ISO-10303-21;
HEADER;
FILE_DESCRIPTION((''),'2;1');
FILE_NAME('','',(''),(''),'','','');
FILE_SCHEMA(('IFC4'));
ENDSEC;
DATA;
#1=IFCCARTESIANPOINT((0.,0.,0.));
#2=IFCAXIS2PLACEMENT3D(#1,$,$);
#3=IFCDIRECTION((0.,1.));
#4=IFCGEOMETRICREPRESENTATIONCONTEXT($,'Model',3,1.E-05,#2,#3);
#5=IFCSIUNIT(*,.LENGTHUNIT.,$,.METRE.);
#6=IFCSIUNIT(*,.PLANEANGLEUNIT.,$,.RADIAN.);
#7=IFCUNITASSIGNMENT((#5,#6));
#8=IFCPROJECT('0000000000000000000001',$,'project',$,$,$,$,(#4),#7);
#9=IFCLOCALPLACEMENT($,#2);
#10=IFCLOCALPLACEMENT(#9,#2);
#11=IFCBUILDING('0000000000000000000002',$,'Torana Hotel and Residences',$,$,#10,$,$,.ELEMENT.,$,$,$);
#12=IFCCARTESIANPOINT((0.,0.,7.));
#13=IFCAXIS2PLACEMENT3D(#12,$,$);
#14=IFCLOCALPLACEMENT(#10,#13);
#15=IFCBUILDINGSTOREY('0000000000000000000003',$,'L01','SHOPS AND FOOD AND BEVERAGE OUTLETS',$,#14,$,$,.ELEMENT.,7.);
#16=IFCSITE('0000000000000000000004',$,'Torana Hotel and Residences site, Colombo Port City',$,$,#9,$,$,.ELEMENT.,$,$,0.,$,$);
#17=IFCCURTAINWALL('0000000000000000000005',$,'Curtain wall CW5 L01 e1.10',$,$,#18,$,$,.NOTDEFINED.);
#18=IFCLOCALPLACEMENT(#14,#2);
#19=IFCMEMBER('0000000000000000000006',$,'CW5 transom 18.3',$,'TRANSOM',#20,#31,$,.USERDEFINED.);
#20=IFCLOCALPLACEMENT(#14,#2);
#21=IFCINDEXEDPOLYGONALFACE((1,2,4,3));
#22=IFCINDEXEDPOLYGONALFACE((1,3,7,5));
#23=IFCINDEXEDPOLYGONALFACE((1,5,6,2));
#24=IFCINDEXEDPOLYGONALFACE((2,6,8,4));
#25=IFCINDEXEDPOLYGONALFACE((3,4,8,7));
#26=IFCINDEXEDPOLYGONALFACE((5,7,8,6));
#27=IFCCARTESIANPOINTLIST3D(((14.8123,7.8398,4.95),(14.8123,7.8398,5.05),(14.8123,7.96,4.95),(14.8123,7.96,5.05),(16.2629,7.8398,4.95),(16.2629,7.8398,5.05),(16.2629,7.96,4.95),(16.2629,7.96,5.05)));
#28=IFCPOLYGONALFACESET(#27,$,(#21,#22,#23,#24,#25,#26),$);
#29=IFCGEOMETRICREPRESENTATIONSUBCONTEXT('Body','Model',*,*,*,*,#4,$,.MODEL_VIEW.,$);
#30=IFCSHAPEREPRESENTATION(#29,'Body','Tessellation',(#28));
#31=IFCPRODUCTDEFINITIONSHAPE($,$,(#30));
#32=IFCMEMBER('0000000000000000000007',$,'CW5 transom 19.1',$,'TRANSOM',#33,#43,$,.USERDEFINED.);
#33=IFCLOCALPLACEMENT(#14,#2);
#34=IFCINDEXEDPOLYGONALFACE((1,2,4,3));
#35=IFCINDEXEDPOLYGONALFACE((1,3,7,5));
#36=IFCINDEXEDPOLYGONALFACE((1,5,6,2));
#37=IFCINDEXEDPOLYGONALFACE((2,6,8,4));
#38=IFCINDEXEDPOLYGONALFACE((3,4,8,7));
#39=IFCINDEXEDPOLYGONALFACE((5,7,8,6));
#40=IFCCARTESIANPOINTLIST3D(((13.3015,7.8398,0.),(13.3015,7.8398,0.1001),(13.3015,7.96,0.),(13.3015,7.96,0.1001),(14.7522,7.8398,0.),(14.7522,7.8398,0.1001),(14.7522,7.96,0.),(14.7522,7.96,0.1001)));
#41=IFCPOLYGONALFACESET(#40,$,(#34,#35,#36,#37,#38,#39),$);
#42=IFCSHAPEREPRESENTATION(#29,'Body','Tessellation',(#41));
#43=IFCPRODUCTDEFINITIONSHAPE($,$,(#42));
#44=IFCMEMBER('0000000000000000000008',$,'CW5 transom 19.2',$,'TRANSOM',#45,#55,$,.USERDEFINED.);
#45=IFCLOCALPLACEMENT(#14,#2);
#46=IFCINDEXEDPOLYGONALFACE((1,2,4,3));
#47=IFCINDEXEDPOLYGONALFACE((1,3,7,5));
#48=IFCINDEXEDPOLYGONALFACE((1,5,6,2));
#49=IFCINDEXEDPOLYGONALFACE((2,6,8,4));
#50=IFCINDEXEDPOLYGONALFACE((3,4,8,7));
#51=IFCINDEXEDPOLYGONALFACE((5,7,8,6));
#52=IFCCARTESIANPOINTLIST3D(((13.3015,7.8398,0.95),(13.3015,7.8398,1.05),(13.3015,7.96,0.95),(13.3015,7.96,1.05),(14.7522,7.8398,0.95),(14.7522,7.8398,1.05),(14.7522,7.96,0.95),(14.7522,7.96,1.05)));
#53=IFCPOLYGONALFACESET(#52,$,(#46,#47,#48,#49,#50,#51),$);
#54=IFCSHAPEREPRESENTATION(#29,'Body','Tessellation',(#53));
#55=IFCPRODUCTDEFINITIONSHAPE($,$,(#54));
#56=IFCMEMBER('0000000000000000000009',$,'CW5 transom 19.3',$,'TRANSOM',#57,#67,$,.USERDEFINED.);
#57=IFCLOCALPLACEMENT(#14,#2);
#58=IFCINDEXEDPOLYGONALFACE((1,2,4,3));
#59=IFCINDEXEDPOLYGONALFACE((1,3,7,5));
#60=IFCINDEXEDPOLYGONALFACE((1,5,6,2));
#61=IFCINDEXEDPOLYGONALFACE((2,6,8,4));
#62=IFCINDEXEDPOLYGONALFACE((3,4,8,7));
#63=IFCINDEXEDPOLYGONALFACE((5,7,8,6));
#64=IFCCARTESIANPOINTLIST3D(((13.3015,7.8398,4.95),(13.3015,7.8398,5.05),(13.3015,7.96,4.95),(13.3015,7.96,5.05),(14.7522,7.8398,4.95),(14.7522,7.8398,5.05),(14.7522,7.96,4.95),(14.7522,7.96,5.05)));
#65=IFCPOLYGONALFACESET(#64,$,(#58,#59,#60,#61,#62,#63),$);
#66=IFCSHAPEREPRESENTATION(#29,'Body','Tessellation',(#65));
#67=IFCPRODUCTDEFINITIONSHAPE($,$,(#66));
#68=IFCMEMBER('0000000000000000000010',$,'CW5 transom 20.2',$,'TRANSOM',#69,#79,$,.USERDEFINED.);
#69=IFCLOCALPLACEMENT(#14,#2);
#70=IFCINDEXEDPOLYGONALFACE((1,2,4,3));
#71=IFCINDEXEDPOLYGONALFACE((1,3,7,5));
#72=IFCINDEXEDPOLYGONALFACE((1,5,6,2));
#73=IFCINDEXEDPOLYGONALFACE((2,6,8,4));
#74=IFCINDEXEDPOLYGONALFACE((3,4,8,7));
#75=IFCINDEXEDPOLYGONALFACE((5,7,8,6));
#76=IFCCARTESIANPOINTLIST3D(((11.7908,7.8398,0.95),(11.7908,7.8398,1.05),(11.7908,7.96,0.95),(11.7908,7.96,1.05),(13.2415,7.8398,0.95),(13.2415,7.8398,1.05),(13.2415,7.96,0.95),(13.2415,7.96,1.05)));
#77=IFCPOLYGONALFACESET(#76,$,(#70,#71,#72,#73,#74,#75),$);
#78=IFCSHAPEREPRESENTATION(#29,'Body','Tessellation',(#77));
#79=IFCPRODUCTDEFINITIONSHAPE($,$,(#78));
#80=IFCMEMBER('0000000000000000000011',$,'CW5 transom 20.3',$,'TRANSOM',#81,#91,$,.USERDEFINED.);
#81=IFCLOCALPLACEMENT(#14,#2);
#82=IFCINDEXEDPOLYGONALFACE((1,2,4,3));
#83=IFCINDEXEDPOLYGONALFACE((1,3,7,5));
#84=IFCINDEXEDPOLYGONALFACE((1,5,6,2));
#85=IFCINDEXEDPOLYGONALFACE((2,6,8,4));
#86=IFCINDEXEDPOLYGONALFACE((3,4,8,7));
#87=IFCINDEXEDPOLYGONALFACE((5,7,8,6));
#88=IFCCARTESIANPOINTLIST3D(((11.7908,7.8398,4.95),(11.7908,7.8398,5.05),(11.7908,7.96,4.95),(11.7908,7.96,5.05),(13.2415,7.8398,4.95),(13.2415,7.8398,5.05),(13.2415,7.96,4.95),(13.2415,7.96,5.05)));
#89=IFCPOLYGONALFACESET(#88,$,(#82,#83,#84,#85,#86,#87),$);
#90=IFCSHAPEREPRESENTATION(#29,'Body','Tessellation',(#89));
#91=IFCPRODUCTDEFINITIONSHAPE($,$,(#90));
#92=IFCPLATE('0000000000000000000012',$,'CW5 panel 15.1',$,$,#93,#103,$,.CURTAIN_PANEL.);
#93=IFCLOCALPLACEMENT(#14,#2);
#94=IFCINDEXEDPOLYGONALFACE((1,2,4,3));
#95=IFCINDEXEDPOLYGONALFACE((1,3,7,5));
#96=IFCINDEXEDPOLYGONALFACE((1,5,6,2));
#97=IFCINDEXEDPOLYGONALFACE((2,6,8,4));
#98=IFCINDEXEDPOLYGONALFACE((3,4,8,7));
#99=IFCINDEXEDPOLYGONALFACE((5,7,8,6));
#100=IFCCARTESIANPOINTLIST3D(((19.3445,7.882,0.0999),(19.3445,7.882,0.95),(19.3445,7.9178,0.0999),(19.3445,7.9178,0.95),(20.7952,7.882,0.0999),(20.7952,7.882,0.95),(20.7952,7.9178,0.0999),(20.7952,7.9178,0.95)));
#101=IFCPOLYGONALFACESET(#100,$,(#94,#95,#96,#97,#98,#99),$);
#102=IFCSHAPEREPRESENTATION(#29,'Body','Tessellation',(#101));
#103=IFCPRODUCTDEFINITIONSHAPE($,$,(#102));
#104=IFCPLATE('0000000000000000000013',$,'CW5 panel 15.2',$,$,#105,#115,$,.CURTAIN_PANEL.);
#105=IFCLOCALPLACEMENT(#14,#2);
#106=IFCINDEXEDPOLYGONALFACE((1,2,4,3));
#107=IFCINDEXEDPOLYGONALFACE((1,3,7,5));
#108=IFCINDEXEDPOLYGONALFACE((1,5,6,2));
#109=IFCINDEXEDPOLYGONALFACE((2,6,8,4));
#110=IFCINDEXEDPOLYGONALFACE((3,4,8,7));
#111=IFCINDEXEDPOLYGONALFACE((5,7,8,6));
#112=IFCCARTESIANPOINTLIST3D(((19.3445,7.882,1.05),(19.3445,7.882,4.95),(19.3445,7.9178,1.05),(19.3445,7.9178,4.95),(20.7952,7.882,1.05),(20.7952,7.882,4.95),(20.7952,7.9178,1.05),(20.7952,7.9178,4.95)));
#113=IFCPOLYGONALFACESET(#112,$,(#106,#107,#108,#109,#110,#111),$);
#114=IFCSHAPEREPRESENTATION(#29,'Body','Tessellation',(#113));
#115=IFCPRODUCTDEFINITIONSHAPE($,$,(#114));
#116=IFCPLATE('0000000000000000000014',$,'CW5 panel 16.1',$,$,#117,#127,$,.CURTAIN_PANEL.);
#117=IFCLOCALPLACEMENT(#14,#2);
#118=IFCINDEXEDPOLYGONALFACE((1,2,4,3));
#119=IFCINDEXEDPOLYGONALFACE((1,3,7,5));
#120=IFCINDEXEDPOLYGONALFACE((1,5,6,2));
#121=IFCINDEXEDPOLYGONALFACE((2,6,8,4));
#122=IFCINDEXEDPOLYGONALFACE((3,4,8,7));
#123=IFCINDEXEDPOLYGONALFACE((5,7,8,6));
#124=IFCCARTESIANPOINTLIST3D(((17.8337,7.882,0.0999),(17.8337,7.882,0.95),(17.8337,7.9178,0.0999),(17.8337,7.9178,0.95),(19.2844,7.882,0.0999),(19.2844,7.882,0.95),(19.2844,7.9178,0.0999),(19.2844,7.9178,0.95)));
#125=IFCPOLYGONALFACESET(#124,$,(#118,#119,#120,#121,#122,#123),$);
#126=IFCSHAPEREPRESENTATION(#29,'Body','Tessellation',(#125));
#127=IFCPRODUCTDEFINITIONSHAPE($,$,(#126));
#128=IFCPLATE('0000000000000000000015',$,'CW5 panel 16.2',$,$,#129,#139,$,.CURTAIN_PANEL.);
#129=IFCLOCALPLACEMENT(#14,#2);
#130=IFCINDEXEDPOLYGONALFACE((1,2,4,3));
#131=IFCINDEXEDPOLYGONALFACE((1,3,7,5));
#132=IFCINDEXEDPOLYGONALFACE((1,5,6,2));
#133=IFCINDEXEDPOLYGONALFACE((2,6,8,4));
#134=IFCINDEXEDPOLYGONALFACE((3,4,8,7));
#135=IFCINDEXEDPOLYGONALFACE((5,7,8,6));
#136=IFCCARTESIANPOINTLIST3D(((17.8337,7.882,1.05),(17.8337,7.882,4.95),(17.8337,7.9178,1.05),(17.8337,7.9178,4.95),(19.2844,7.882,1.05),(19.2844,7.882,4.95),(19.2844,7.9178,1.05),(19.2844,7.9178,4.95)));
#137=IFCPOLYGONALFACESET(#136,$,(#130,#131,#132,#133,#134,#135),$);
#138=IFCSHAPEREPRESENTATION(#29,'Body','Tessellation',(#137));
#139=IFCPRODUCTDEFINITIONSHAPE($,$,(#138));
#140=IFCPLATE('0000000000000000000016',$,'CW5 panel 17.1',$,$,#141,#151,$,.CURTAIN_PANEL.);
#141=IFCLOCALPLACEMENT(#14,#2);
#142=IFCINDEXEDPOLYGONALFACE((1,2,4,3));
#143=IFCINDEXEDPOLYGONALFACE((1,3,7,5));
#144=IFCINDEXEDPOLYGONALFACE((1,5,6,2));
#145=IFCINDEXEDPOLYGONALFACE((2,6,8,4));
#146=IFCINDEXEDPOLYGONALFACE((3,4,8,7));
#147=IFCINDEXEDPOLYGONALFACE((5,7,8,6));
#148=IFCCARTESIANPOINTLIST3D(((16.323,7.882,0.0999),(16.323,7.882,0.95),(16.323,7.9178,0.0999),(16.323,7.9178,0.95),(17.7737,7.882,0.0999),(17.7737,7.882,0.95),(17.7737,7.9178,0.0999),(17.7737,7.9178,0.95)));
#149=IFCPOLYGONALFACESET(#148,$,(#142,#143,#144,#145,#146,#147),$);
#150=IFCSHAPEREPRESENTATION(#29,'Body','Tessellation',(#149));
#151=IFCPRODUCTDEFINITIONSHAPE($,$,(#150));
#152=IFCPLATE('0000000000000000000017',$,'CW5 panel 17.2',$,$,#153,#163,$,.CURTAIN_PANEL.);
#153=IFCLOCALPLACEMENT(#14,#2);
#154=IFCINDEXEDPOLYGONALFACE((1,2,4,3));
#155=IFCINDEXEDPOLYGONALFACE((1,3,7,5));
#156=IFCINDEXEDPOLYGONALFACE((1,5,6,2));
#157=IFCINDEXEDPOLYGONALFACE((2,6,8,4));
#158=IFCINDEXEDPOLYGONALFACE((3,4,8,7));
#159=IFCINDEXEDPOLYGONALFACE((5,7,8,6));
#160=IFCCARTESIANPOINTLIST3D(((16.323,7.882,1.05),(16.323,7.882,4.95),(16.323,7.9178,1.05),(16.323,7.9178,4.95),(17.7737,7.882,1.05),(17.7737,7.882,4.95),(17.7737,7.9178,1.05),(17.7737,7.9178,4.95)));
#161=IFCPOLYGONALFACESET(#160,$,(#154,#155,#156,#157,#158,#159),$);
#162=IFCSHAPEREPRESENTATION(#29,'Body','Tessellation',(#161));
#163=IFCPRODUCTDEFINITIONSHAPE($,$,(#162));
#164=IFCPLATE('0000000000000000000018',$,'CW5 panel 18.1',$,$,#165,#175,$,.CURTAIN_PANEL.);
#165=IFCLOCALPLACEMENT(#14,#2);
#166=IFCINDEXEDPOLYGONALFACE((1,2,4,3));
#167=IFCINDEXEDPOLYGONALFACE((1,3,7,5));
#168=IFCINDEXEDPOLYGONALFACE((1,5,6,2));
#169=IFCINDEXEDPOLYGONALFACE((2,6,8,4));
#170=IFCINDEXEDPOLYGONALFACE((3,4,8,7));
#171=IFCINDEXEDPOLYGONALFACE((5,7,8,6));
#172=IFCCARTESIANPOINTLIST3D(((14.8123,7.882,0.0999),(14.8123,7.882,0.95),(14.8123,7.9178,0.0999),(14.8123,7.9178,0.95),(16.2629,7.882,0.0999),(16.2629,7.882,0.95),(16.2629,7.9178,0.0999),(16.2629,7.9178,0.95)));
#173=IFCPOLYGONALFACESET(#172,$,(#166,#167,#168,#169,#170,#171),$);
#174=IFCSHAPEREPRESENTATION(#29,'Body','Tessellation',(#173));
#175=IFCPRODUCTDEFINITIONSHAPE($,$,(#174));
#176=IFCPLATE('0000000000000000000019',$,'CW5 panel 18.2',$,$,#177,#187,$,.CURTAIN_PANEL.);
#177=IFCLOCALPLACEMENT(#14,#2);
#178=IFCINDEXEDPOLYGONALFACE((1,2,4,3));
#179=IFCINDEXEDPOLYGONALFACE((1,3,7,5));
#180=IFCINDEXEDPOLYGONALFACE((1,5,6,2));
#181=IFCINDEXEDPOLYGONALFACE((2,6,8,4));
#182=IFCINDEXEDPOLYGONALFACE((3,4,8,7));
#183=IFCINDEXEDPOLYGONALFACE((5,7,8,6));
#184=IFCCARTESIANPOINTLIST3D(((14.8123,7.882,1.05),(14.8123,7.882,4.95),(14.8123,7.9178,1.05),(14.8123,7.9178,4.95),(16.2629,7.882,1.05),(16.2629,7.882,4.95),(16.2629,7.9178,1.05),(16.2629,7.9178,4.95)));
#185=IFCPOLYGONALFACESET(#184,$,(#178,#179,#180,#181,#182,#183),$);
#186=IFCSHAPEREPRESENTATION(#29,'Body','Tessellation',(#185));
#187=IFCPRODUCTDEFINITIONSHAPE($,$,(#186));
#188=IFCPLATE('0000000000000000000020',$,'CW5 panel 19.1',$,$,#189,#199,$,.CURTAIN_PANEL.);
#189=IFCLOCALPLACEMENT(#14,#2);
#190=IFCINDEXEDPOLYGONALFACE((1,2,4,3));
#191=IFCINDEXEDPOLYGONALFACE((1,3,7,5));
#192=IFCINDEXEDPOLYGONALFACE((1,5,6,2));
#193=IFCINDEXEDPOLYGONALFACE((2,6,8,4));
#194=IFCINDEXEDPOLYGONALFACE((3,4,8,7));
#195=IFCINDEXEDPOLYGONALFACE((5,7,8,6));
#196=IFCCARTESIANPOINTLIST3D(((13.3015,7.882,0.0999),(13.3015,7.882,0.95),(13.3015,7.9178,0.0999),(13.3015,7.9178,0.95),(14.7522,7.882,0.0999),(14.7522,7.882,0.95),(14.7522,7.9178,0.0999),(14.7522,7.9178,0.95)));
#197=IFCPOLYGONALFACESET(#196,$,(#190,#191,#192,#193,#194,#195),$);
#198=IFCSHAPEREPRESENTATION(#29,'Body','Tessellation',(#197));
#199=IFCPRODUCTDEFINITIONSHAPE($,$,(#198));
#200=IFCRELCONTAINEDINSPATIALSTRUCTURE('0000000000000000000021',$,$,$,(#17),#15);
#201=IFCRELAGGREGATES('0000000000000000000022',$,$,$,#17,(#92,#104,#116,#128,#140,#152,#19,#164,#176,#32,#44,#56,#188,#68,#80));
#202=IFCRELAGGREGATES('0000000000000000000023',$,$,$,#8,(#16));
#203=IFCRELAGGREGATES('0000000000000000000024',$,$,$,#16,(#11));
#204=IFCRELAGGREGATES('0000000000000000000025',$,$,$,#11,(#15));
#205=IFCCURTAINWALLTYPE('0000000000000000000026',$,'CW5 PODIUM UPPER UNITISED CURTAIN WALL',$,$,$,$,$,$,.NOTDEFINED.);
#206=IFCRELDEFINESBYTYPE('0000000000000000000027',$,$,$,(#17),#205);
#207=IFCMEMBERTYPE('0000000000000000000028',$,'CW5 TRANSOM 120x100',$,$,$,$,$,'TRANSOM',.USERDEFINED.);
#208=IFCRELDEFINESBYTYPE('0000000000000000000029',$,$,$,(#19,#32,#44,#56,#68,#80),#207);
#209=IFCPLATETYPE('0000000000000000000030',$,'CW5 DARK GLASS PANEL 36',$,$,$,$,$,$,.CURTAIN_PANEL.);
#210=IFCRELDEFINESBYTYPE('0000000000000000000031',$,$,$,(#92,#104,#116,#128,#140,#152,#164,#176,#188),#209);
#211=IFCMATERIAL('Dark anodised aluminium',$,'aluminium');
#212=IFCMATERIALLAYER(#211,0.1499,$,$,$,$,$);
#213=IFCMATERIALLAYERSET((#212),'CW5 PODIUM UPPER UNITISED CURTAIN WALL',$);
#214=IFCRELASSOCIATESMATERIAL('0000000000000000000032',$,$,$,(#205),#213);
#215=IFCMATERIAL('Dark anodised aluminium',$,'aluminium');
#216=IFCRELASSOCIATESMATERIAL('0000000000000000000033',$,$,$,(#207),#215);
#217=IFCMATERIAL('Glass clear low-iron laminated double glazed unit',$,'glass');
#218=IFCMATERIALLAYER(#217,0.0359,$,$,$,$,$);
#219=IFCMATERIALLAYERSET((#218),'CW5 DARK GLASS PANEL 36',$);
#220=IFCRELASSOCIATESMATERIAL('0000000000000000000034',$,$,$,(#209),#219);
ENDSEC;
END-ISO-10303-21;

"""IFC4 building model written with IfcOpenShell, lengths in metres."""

from ifc_helpers import new_model, si_unit, direction, frame, origin, origin_2d, place, context, subcontext, project, spatial, rectangle, extrude, material, layer, layer_set, material_profile, profile_set, type_object, element, aggregate, save


model = new_model("IFC4")

# Units and contexts
model_context = context("Model", 3, precision=1e-05, world=origin(), true_north=direction((0.0, 1.0)))
body_context = subcontext(model_context, "Body", "Model", "MODEL_VIEW")
ifc_project = project(units=[si_unit("LENGTHUNIT", "METRE"), si_unit("PLANEANGLEUNIT", "RADIAN")], contexts=[model_context])

# Site, building, storey
site_placement = place(None, origin())
site = spatial("IfcSite", under=ifc_project, at=site_placement, Name="Torana Hotel and Residences site, Colombo Port City", CompositionType="ELEMENT", RefElevation=0.0)
building_placement = place(site_placement, origin())
building = spatial("IfcBuilding", under=site, at=building_placement, Name="Torana Hotel and Residences", CompositionType="ELEMENT")
storey_placement = place(building_placement, frame((0.0, 0.0, 7.0)))
storey = spatial("IfcBuildingStorey", under=building, at=storey_placement, Name="L01", Description="SHOPS AND FOOD AND BEVERAGE OUTLETS", CompositionType="ELEMENT", Elevation=7.0)

# Curtain wall, members, plates
ifc_material_1 = material(Name="Dark anodised aluminium", Category="aluminium")
ifc_layer_1 = layer(ifc_material_1, 0.1499)
ifc_layer_set_1 = layer_set([ifc_layer_1], Name="CW5 PODIUM UPPER UNITISED CURTAIN WALL")
curtain_wall_type = type_object("IfcCurtainWallType", Name="CW5 PODIUM UPPER UNITISED CURTAIN WALL", PredefinedType="NOTDEFINED", material=ifc_layer_set_1)
curtain_wall_placement = place(storey_placement, origin())
curtain_wall = element("IfcCurtainWall", 1, at=curtain_wall_placement, inside=storey, type_object=curtain_wall_type, Name="Curtain wall CW5 L01 e1.10", PredefinedType="NOTDEFINED")
ifc_material_2 = material(Name="Dark anodised aluminium", Category="aluminium")
ifc_material_profile_1 = material_profile(ifc_material_2, rectangle(XDim=0.1201, YDim=0.1001, at=origin_2d()), Name="CW5 TRANSOM 120x100")
ifc_profile_set_1 = profile_set([ifc_material_profile_1], Name="Dark anodised aluminium")
member_type_1 = type_object("IfcMemberType", Name="CW5 TRANSOM 120x100", ElementType="TRANSOM", PredefinedType="USERDEFINED", material=ifc_profile_set_1)
member_1_placement = place(storey_placement, frame((16.2629, 7.8999, 5.0), z_axis=(-1.0, 0.0, 0.0), x_axis=(0.0, -1.0, 0.0)))
member_1 = element("IfcMember", 2, at=member_1_placement, type_object=member_type_1, Name="CW5 transom 18.3", ObjectType="TRANSOM", PredefinedType="USERDEFINED", context=body_context, shape_type="SweptSolid", body=[
    extrude(rectangle(XDim=0.1201, YDim=0.1001, at=origin_2d()), origin(), (0.0, 0.0, 1.0), 1.4507),
])
member_2_placement = place(storey_placement, frame((14.7522, 7.8999, 0.05), z_axis=(-1.0, 0.0, 0.0), x_axis=(0.0, -1.0, 0.0)))
member_2 = element("IfcMember", 3, at=member_2_placement, type_object=member_type_1, Name="CW5 transom 19.1", ObjectType="TRANSOM", PredefinedType="USERDEFINED", context=body_context, shape_type="SweptSolid", body=[
    extrude(rectangle(XDim=0.1201, YDim=0.1001, at=origin_2d()), origin(), (0.0, 0.0, 1.0), 1.4507),
])
member_3_placement = place(storey_placement, frame((14.7522, 7.8999, 1.0), z_axis=(-1.0, 0.0, 0.0), x_axis=(0.0, -1.0, 0.0)))
member_3 = element("IfcMember", 4, at=member_3_placement, type_object=member_type_1, Name="CW5 transom 19.2", ObjectType="TRANSOM", PredefinedType="USERDEFINED", context=body_context, shape_type="SweptSolid", body=[
    extrude(rectangle(XDim=0.1201, YDim=0.1001, at=origin_2d()), origin(), (0.0, 0.0, 1.0), 1.4507),
])
member_4_placement = place(storey_placement, frame((14.7522, 7.8999, 5.0), z_axis=(-1.0, 0.0, 0.0), x_axis=(0.0, -1.0, 0.0)))
member_4 = element("IfcMember", 5, at=member_4_placement, type_object=member_type_1, Name="CW5 transom 19.3", ObjectType="TRANSOM", PredefinedType="USERDEFINED", context=body_context, shape_type="SweptSolid", body=[
    extrude(rectangle(XDim=0.1201, YDim=0.1001, at=origin_2d()), origin(), (0.0, 0.0, 1.0), 1.4507),
])
member_5_placement = place(storey_placement, frame((13.2415, 7.8999, 1.0), z_axis=(-1.0, 0.0, 0.0), x_axis=(0.0, -1.0, 0.0)))
member_5 = element("IfcMember", 6, at=member_5_placement, type_object=member_type_1, Name="CW5 transom 20.2", ObjectType="TRANSOM", PredefinedType="USERDEFINED", context=body_context, shape_type="SweptSolid", body=[
    extrude(rectangle(XDim=0.1201, YDim=0.1001, at=origin_2d()), origin(), (0.0, 0.0, 1.0), 1.4507),
])
member_6_placement = place(storey_placement, frame((13.2415, 7.8999, 5.0), z_axis=(-1.0, 0.0, 0.0), x_axis=(0.0, -1.0, 0.0)))
member_6 = element("IfcMember", 7, at=member_6_placement, type_object=member_type_1, Name="CW5 transom 20.3", ObjectType="TRANSOM", PredefinedType="USERDEFINED", context=body_context, shape_type="SweptSolid", body=[
    extrude(rectangle(XDim=0.1201, YDim=0.1001, at=origin_2d()), origin(), (0.0, 0.0, 1.0), 1.4507),
])
ifc_material_3 = material(Name="Glass clear low-iron laminated double glazed unit", Category="glass")
ifc_layer_2 = layer(ifc_material_3, 0.0359)
ifc_layer_set_2 = layer_set([ifc_layer_2], Name="CW5 DARK GLASS PANEL 36")
plate_type = type_object("IfcPlateType", Name="CW5 DARK GLASS PANEL 36", PredefinedType="CURTAIN_PANEL", material=ifc_layer_set_2)
plate_1_placement = place(storey_placement, frame((20.0698, 7.8999, 0.0999), z_axis=(0.0, 0.0, 1.0), x_axis=(-1.0, 0.0, 0.0)))
plate_1 = element("IfcPlate", 8, at=plate_1_placement, type_object=plate_type, Name="CW5 panel 15.1", PredefinedType="CURTAIN_PANEL", context=body_context, shape_type="SweptSolid", body=[
    extrude(rectangle(XDim=1.4507, YDim=0.0359, at=origin_2d()), origin(), (0.0, 0.0, 1.0), 0.8501),
])
plate_2_placement = place(storey_placement, frame((20.0698, 7.8999, 1.05), z_axis=(0.0, 0.0, 1.0), x_axis=(-1.0, 0.0, 0.0)))
plate_2 = element("IfcPlate", 9, at=plate_2_placement, type_object=plate_type, Name="CW5 panel 15.2", PredefinedType="CURTAIN_PANEL", context=body_context, shape_type="SweptSolid", body=[
    extrude(rectangle(XDim=1.4507, YDim=0.0359, at=origin_2d()), origin(), (0.0, 0.0, 1.0), 3.8999),
])
plate_3_placement = place(storey_placement, frame((18.5591, 7.8999, 0.0999), z_axis=(0.0, 0.0, 1.0), x_axis=(-1.0, 0.0, 0.0)))
plate_3 = element("IfcPlate", 10, at=plate_3_placement, type_object=plate_type, Name="CW5 panel 16.1", PredefinedType="CURTAIN_PANEL", context=body_context, shape_type="SweptSolid", body=[
    extrude(rectangle(XDim=1.4507, YDim=0.0359, at=origin_2d()), origin(), (0.0, 0.0, 1.0), 0.8501),
])
plate_4_placement = place(storey_placement, frame((18.5591, 7.8999, 1.05), z_axis=(0.0, 0.0, 1.0), x_axis=(-1.0, 0.0, 0.0)))
plate_4 = element("IfcPlate", 11, at=plate_4_placement, type_object=plate_type, Name="CW5 panel 16.2", PredefinedType="CURTAIN_PANEL", context=body_context, shape_type="SweptSolid", body=[
    extrude(rectangle(XDim=1.4507, YDim=0.0359, at=origin_2d()), origin(), (0.0, 0.0, 1.0), 3.8999),
])
plate_5_placement = place(storey_placement, frame((17.0483, 7.8999, 0.0999), z_axis=(0.0, 0.0, 1.0), x_axis=(-1.0, 0.0, 0.0)))
plate_5 = element("IfcPlate", 12, at=plate_5_placement, type_object=plate_type, Name="CW5 panel 17.1", PredefinedType="CURTAIN_PANEL", context=body_context, shape_type="SweptSolid", body=[
    extrude(rectangle(XDim=1.4507, YDim=0.0359, at=origin_2d()), origin(), (0.0, 0.0, 1.0), 0.8501),
])
plate_6_placement = place(storey_placement, frame((17.0483, 7.8999, 1.05), z_axis=(0.0, 0.0, 1.0), x_axis=(-1.0, 0.0, 0.0)))
plate_6 = element("IfcPlate", 13, at=plate_6_placement, type_object=plate_type, Name="CW5 panel 17.2", PredefinedType="CURTAIN_PANEL", context=body_context, shape_type="SweptSolid", body=[
    extrude(rectangle(XDim=1.4507, YDim=0.0359, at=origin_2d()), origin(), (0.0, 0.0, 1.0), 3.8999),
])
plate_7_placement = place(storey_placement, frame((15.5376, 7.8999, 0.0999), z_axis=(0.0, 0.0, 1.0), x_axis=(-1.0, 0.0, 0.0)))
plate_7 = element("IfcPlate", 14, at=plate_7_placement, type_object=plate_type, Name="CW5 panel 18.1", PredefinedType="CURTAIN_PANEL", context=body_context, shape_type="SweptSolid", body=[
    extrude(rectangle(XDim=1.4507, YDim=0.0359, at=origin_2d()), origin(), (0.0, 0.0, 1.0), 0.8501),
])
plate_8_placement = place(storey_placement, frame((15.5376, 7.8999, 1.05), z_axis=(0.0, 0.0, 1.0), x_axis=(-1.0, 0.0, 0.0)))
plate_8 = element("IfcPlate", 15, at=plate_8_placement, type_object=plate_type, Name="CW5 panel 18.2", PredefinedType="CURTAIN_PANEL", context=body_context, shape_type="SweptSolid", body=[
    extrude(rectangle(XDim=1.4507, YDim=0.0359, at=origin_2d()), origin(), (0.0, 0.0, 1.0), 3.8999),
])
plate_9_placement = place(storey_placement, frame((14.0269, 7.8999, 0.0999), z_axis=(0.0, 0.0, 1.0), x_axis=(-1.0, 0.0, 0.0)))
plate_9 = element("IfcPlate", 16, at=plate_9_placement, type_object=plate_type, Name="CW5 panel 19.1", PredefinedType="CURTAIN_PANEL", context=body_context, shape_type="SweptSolid", body=[
    extrude(rectangle(XDim=1.4507, YDim=0.0359, at=origin_2d()), origin(), (0.0, 0.0, 1.0), 0.8501),
])
aggregate(curtain_wall, [plate_1, plate_2, plate_3, plate_4, plate_5, plate_6, member_1, plate_7, plate_8, member_2, member_3, member_4, plate_9, member_5, member_6])

save(model, "model.ifc")
